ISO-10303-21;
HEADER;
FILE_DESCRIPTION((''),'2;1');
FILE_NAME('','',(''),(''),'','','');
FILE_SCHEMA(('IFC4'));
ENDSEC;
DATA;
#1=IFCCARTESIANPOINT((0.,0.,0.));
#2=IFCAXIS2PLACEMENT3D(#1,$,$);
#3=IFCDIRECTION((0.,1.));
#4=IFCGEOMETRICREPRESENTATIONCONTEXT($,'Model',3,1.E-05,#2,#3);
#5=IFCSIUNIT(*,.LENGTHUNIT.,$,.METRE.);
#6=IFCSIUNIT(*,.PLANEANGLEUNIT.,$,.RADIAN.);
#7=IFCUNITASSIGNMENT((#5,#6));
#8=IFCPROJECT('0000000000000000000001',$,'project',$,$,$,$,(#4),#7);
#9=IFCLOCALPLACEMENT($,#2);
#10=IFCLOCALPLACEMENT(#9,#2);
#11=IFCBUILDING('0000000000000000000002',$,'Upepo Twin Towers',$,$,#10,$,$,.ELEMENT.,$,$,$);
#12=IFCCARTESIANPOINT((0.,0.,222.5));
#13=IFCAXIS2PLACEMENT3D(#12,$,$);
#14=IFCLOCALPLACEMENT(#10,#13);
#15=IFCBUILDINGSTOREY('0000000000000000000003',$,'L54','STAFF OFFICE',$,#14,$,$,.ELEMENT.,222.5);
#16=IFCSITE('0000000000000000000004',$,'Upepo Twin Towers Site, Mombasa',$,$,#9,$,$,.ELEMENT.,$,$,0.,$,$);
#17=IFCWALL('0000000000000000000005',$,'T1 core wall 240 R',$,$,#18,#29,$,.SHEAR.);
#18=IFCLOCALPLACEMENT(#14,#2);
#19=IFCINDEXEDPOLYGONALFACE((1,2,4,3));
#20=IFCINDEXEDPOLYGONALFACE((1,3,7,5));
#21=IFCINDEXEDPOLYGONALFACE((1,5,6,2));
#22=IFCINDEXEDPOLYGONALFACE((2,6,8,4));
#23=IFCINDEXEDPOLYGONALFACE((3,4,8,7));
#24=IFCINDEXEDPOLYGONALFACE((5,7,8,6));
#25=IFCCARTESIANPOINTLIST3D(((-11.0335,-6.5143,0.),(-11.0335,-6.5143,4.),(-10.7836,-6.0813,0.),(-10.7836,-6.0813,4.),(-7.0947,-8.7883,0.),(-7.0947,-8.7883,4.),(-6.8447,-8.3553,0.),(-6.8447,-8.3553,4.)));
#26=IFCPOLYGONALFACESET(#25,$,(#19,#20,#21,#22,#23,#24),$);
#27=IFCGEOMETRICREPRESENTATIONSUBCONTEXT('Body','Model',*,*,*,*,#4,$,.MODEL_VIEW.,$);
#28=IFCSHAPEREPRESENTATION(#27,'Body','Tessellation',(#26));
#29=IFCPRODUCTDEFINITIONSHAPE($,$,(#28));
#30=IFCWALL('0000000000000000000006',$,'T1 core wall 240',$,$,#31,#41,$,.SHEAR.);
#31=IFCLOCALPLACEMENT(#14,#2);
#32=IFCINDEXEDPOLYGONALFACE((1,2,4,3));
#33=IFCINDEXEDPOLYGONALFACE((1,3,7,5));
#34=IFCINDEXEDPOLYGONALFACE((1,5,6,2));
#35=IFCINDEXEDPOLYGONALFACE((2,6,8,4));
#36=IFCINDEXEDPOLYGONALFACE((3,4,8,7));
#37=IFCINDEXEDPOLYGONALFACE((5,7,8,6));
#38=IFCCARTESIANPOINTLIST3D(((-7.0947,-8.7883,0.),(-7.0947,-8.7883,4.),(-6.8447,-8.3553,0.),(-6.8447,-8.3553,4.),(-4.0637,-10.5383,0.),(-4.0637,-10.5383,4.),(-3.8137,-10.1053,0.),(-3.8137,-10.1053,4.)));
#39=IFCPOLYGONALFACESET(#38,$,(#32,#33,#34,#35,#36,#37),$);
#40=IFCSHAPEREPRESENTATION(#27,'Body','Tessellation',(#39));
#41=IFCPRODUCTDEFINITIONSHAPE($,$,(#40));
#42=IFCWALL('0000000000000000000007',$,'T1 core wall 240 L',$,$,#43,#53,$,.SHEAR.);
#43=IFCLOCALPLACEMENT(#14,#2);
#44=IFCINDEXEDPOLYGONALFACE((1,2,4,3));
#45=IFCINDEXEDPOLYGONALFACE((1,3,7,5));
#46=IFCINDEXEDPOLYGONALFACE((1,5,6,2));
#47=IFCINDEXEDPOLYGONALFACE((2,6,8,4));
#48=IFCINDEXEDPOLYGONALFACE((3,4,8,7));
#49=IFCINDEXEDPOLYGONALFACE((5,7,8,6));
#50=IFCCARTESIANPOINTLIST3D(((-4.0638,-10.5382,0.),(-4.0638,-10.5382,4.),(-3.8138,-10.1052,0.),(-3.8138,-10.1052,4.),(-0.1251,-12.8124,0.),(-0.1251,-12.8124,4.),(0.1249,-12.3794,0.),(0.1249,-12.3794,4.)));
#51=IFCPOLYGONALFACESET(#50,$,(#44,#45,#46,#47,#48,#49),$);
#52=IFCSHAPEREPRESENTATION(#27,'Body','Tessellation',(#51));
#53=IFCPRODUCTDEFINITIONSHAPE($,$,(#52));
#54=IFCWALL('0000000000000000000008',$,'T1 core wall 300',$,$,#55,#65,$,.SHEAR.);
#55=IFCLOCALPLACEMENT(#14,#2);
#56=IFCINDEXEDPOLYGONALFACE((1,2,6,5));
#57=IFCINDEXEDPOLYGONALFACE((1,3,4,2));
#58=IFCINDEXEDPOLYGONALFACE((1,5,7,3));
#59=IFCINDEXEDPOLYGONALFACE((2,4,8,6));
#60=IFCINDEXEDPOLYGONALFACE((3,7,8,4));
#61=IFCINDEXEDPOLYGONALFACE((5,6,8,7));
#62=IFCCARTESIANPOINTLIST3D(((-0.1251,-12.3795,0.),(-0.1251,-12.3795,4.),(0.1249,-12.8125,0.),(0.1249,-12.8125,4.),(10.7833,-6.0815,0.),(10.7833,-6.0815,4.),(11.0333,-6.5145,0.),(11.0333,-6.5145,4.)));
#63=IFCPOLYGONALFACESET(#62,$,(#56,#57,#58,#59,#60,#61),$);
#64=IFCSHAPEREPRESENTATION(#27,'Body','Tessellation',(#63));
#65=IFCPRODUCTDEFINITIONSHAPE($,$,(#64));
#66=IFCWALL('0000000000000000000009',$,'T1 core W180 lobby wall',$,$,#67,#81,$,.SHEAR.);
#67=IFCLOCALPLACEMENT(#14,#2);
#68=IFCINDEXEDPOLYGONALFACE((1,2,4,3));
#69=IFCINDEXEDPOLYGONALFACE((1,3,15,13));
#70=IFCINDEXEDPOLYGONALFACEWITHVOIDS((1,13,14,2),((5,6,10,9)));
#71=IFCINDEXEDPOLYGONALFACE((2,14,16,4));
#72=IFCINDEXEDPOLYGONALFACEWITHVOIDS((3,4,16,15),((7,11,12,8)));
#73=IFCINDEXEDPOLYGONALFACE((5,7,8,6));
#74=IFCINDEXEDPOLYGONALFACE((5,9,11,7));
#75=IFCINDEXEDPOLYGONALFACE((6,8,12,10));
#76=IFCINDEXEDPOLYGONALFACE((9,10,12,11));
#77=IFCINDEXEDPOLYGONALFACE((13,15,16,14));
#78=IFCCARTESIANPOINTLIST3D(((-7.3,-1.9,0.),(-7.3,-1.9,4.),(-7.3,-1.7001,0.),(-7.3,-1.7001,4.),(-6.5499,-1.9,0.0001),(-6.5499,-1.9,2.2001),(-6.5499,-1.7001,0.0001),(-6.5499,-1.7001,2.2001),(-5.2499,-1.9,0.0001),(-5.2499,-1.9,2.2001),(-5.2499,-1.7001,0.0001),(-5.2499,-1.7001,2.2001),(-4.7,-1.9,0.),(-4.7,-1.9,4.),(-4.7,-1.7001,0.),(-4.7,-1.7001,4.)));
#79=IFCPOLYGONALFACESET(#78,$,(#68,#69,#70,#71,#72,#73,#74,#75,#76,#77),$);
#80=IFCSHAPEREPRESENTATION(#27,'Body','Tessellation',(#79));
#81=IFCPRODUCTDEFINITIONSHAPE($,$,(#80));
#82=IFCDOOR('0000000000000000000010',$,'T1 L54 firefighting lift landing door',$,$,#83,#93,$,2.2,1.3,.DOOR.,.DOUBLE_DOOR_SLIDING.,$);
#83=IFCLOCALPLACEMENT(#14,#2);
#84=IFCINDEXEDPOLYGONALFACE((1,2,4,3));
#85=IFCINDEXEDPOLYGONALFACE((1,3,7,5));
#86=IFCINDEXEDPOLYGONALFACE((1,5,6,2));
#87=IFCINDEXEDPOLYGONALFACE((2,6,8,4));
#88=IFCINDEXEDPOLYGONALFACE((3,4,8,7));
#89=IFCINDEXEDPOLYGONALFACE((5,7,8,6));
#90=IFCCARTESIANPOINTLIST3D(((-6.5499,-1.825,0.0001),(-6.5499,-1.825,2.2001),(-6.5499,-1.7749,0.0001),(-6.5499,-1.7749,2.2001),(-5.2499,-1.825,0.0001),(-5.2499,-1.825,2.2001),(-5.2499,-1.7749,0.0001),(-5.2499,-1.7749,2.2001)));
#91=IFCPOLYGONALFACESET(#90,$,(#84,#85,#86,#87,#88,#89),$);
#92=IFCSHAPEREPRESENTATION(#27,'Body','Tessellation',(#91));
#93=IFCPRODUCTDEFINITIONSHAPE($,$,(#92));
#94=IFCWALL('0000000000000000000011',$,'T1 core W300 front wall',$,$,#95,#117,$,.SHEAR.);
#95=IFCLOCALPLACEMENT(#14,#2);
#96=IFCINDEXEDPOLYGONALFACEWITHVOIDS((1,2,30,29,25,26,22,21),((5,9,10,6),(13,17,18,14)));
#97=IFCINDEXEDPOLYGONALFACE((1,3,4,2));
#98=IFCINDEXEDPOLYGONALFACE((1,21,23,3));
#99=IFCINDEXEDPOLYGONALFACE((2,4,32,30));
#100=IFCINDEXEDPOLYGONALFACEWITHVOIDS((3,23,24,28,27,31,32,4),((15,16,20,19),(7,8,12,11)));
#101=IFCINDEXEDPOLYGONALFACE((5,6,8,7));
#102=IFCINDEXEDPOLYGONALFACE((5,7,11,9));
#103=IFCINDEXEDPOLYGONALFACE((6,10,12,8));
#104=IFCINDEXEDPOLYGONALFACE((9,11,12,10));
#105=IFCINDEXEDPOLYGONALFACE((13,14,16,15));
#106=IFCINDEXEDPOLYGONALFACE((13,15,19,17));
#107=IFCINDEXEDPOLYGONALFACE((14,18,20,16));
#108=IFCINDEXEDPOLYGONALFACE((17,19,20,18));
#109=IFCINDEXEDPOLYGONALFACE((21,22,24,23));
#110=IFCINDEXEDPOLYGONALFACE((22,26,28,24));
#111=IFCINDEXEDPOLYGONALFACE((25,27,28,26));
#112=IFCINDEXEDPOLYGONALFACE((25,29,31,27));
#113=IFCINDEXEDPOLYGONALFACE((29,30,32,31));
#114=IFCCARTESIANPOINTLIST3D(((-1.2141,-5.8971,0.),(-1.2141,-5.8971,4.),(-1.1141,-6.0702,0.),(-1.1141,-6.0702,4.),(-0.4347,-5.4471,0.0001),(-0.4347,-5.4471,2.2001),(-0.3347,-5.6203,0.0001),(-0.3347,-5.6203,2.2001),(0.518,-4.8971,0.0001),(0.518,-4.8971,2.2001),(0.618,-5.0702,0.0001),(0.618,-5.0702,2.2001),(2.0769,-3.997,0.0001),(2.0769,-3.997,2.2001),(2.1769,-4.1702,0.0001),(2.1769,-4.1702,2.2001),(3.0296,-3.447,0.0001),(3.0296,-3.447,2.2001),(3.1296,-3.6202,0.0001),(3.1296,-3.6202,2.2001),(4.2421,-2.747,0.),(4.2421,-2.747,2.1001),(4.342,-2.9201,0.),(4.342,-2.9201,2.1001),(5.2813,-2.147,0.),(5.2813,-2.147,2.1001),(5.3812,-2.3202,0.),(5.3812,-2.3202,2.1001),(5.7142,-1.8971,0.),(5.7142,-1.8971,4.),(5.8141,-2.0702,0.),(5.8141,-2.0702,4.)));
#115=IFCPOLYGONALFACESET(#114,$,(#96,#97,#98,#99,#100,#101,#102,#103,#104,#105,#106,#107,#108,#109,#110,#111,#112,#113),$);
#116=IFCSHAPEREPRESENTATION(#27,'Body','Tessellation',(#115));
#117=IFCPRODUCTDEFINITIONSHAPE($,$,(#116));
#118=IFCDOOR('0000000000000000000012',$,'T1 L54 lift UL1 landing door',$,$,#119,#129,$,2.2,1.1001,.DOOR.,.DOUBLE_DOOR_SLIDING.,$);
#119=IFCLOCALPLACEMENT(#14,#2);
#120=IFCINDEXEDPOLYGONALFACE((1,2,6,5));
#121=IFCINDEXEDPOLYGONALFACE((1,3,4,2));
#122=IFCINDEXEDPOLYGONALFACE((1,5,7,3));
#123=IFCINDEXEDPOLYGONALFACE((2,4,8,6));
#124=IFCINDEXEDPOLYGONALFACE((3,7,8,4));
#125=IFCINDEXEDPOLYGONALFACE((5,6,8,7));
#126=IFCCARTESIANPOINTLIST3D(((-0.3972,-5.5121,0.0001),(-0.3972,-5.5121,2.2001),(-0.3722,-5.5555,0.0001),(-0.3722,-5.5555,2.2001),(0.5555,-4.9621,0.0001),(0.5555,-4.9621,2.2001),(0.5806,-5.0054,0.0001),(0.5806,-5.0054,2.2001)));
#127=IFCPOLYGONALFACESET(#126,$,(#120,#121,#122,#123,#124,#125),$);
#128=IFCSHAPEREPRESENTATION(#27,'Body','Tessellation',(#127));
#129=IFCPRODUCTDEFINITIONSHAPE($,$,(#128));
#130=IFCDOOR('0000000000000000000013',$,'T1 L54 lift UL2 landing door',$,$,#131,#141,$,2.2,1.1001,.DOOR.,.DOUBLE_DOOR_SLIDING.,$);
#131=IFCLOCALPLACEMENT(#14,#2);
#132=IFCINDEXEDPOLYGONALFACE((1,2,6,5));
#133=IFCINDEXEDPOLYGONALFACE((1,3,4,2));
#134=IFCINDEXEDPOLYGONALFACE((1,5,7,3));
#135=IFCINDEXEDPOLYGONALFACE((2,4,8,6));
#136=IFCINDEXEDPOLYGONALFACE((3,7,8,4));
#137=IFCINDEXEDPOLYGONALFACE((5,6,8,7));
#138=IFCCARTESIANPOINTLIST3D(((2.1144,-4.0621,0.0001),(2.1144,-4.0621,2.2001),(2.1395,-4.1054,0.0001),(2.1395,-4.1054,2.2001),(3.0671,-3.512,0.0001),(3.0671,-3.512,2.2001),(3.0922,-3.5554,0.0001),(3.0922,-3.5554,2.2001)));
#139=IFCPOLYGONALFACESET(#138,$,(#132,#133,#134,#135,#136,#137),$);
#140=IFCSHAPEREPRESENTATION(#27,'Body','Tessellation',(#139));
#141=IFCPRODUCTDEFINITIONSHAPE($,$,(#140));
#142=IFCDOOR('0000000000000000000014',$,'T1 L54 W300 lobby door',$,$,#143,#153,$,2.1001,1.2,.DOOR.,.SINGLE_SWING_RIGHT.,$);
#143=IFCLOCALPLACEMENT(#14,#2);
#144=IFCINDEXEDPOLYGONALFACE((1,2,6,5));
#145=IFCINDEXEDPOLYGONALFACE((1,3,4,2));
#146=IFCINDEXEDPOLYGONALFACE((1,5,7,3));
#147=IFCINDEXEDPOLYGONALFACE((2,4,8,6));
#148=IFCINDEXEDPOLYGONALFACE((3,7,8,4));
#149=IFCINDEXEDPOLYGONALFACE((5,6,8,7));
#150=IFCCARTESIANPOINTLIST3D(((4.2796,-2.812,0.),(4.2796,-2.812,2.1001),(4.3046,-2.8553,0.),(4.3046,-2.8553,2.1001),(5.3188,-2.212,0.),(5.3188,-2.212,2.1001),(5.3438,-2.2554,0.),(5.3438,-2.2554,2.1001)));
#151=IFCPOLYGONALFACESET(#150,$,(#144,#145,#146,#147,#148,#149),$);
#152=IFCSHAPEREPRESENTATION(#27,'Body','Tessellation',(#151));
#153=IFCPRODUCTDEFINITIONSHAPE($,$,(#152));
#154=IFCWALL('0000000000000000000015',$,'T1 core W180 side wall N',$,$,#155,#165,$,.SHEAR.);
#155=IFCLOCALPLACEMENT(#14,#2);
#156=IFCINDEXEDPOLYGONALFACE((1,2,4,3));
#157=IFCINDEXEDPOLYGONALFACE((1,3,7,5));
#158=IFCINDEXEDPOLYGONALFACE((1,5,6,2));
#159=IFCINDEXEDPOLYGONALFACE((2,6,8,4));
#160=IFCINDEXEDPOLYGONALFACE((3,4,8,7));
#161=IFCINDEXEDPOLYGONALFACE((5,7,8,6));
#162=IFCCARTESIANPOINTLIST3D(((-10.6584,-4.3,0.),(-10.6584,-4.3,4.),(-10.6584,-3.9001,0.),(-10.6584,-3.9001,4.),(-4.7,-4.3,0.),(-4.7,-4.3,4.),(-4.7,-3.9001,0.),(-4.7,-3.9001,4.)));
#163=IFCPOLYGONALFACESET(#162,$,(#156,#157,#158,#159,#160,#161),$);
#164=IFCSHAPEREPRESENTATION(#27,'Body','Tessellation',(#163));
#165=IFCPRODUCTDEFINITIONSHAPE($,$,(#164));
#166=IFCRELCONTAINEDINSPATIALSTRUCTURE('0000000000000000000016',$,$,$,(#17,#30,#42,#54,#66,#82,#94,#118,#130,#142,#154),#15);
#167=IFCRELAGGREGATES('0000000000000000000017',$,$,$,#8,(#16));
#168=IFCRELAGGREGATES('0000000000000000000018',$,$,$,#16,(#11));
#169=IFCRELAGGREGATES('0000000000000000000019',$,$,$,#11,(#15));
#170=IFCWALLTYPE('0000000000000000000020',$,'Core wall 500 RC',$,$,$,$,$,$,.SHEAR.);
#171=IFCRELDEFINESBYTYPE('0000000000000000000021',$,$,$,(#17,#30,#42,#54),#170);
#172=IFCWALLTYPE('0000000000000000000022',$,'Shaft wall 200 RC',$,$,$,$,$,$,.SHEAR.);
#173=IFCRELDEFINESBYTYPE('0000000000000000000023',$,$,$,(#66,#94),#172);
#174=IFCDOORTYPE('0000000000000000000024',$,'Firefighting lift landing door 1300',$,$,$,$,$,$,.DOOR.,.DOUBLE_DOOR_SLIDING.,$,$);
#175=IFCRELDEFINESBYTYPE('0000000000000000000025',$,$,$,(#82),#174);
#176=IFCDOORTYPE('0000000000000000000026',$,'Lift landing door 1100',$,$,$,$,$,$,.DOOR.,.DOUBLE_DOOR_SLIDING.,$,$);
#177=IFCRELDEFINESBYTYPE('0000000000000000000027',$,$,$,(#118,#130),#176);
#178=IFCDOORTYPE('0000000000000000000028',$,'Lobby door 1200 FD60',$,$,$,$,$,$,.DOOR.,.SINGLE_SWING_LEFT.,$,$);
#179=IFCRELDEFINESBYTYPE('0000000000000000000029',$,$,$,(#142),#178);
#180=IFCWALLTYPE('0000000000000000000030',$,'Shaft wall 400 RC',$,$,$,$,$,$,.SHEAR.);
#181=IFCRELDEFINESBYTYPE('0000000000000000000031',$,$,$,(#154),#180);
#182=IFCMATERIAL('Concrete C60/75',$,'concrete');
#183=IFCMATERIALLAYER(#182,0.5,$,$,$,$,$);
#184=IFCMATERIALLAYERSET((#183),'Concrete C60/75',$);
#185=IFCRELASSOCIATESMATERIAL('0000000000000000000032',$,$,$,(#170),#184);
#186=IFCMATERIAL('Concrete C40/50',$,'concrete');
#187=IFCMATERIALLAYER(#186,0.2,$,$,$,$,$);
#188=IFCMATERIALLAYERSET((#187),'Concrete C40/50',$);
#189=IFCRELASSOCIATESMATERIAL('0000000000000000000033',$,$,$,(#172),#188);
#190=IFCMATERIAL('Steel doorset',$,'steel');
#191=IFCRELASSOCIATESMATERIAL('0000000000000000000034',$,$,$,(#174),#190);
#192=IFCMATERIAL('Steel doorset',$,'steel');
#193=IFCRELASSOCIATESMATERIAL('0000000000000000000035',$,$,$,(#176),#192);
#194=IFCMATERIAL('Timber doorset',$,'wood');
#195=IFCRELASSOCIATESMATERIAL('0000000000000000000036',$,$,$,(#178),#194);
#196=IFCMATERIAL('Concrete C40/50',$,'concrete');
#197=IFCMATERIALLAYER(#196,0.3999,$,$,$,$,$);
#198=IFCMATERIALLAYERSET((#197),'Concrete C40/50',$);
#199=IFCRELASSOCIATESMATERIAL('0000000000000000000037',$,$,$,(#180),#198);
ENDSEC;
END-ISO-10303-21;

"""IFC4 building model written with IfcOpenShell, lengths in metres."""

from ifc_helpers import new_model, si_unit, direction, frame, frame_2d, origin, place, context, subcontext, project, spatial, rectangle, extrude, material, layer, layer_set, type_object, element, fill, save


model = new_model("IFC4")

# Units and contexts
model_context = context("Model", 3, precision=1e-05, world=origin(), true_north=direction((0.0, 1.0)))
body_context = subcontext(model_context, "Body", "Model", "MODEL_VIEW")
ifc_project = project(units=[si_unit("LENGTHUNIT", "METRE"), si_unit("PLANEANGLEUNIT", "RADIAN")], contexts=[model_context])

# Site, building, storey
site_placement = place(None, origin())
site = spatial("IfcSite", under=ifc_project, at=site_placement, Name="Upepo Twin Towers Site, Mombasa", CompositionType="ELEMENT", RefElevation=0.0)
building_placement = place(site_placement, origin())
building = spatial("IfcBuilding", under=site, at=building_placement, Name="Upepo Twin Towers", CompositionType="ELEMENT")
storey_placement = place(building_placement, frame((0.0, 0.0, 222.5)))
storey = spatial("IfcBuildingStorey", under=building, at=storey_placement, Name="L54", Description="STAFF OFFICE", CompositionType="ELEMENT", Elevation=222.5)

# Walls
ifc_material_1 = material(Name="Concrete C60/75", Category="concrete")
ifc_layer_1 = layer(ifc_material_1, 0.5)
ifc_layer_set_1 = layer_set([ifc_layer_1], Name="Concrete C60/75")
wall_type_1 = type_object("IfcWallType", Name="Core wall 500 RC", PredefinedType="SHEAR", material=ifc_layer_set_1)
wall_1_placement = place(storey_placement, frame((-10.9084, -6.2979, 0.0), z_axis=(0.0, 0.0, 1.0), x_axis=(0.866035, -0.499984, 0.0)))
element("IfcWall", 1, at=wall_1_placement, inside=storey, type_object=wall_type_1, Name="T1 core wall 240 R", PredefinedType="SHEAR", context=body_context, shape_type="SweptSolid", body=[
    extrude(rectangle(XDim=4.5481, YDim=0.5, at=frame_2d((2.2739, 0.0))), origin(), (0.0, 0.0, 1.0), 4.0),
])
wall_2_placement = place(storey_placement, frame((-6.9697, -8.5718, 0.0), z_axis=(0.0, 0.0, 1.0), x_axis=(0.866019, -0.50001, 0.0)))
element("IfcWall", 2, at=wall_2_placement, inside=storey, type_object=wall_type_1, Name="T1 core wall 240", PredefinedType="SHEAR", context=body_context, shape_type="SweptSolid", body=[
    extrude(rectangle(XDim=3.5, YDim=0.5, at=frame_2d((1.75, 0.0))), origin(), (0.0, 0.0, 1.0), 4.0),
])
wall_3_placement = place(storey_placement, frame((-3.9387, -10.3218, 0.0), z_axis=(0.0, 0.0, 1.0), x_axis=(0.866011, -0.500024, 0.0)))
element("IfcWall", 3, at=wall_3_placement, inside=storey, type_object=wall_type_1, Name="T1 core wall 240 L", PredefinedType="SHEAR", context=body_context, shape_type="SweptSolid", body=[
    extrude(rectangle(XDim=4.5481, YDim=0.5, at=frame_2d((2.2739, 0.0))), origin(), (0.0, 0.0, 1.0), 4.0),
])
wall_4_placement = place(storey_placement, frame((0.0, -12.5959, 0.0), z_axis=(0.0, 0.0, 1.0), x_axis=(0.866022, 0.500006, 0.0)))
element("IfcWall", 4, at=wall_4_placement, inside=storey, type_object=wall_type_1, Name="T1 core wall 300", PredefinedType="SHEAR", context=body_context, shape_type="SweptSolid", body=[
    extrude(rectangle(XDim=12.5959, YDim=0.5, at=frame_2d((6.2979, 0.0))), origin(), (0.0, 0.0, 1.0), 4.0),
])

# Wall, opening, door
ifc_material_2 = material(Name="Concrete C40/50", Category="concrete")
ifc_layer_2 = layer(ifc_material_2, 0.2)
ifc_layer_set_2 = layer_set([ifc_layer_2], Name="Concrete C40/50")
wall_type_2 = type_object("IfcWallType", Name="Shaft wall 200 RC", PredefinedType="SHEAR", material=ifc_layer_set_2)
wall_5_placement = place(storey_placement, frame((-4.7, -1.8, 0.0), z_axis=(0.0, 0.0, 1.0), x_axis=(-1.0, 0.0, 0.0)))
wall_5 = element("IfcWall", 5, at=wall_5_placement, inside=storey, type_object=wall_type_2, Name="T1 core W180 lobby wall", PredefinedType="SHEAR", context=body_context, shape_type="SweptSolid", body=[
    extrude(rectangle(XDim=2.6001, YDim=0.2, at=frame_2d((1.3, 0.0))), origin(), (0.0, 0.0, 1.0), 4.0),
])
opening_1_placement = place(wall_5_placement, frame((0.55, 0.0, 0.0)))
opening_1 = element("IfcOpeningElement", 6, at=opening_1_placement, cuts=wall_5, PredefinedType="OPENING", context=body_context, shape_type="SweptSolid", body=[
    extrude(rectangle(XDim=1.3, YDim=2.2, at=frame_2d((0.6499, 1.1001))), frame((0.0, 0.1099, 0.0), z_axis=(0.0, -1.0, 0.0), x_axis=(1.0, 0.0, 0.0)), (0.0, 0.0, 1.0), 0.22),
])
ifc_material_3 = material(Name="Steel doorset", Category="steel")
door_type_1 = type_object("IfcDoorType", Name="Firefighting lift landing door 1300", OperationType="DOUBLE_DOOR_SLIDING", PredefinedType="DOOR", material=ifc_material_3)
door_1_placement = place(opening_1_placement, origin())
door_1 = element("IfcDoor", 7, at=door_1_placement, inside=storey, type_object=door_type_1, Name="T1 L54 firefighting lift landing door", OperationType="DOUBLE_DOOR_SLIDING", OverallHeight=2.2, OverallWidth=1.3, PredefinedType="DOOR", context=body_context, shape_type="SweptSolid", body=[
    extrude(rectangle(XDim=1.3, YDim=2.2, at=frame_2d((0.6499, 1.1001))), frame((0.0, 0.0249, 0.0), z_axis=(0.0, -1.0, 0.0), x_axis=(1.0, 0.0, 0.0)), (0.0, 0.0, 1.0), 0.05),
])
fill(opening_1, door_1)

# Wall, openings, doors
wall_6_placement = place(storey_placement, frame((-1.1641, -5.9836, 0.0), z_axis=(0.0, 0.0, 1.0), x_axis=(0.866026, 0.499999, 0.0)))
wall_6 = element("IfcWall", 8, at=wall_6_placement, inside=storey, type_object=wall_type_2, Name="T1 core W300 front wall", PredefinedType="SHEAR", context=body_context, shape_type="SweptSolid", body=[
    extrude(rectangle(XDim=8.0, YDim=0.2, at=frame_2d((4.0, 0.0))), origin(), (0.0, 0.0, 1.0), 4.0),
])
opening_2_placement = place(wall_6_placement, frame((6.3, 0.0, 0.0)))
opening_2 = element("IfcOpeningElement", 9, at=opening_2_placement, cuts=wall_6, PredefinedType="OPENING", context=body_context, shape_type="SweptSolid", body=[
    extrude(rectangle(XDim=1.2, YDim=2.1001, at=frame_2d((0.6001, 1.05))), frame((0.0, 0.1099, 0.0), z_axis=(0.0, -1.0, 0.0), x_axis=(1.0, 0.0, 0.0)), (0.0, 0.0, 1.0), 0.22),
])
opening_3_placement = place(wall_6_placement, frame((0.8999, 0.0, 0.0)))
opening_3 = element("IfcOpeningElement", 10, at=opening_3_placement, cuts=wall_6, PredefinedType="OPENING", context=body_context, shape_type="SweptSolid", body=[
    extrude(rectangle(XDim=1.1001, YDim=2.2, at=frame_2d((0.55, 1.1001))), frame((0.0, 0.1099, 0.0), z_axis=(0.0, -1.0, 0.0), x_axis=(1.0, 0.0, 0.0)), (0.0, 0.0, 1.0), 0.22),
])
opening_4_placement = place(wall_6_placement, frame((3.8, 0.0, 0.0)))
opening_4 = element("IfcOpeningElement", 11, at=opening_4_placement, cuts=wall_6, PredefinedType="OPENING", context=body_context, shape_type="SweptSolid", body=[
    extrude(rectangle(XDim=1.1001, YDim=2.2, at=frame_2d((0.55, 1.1001))), frame((0.0, 0.1099, 0.0), z_axis=(0.0, -1.0, 0.0), x_axis=(1.0, 0.0, 0.0)), (0.0, 0.0, 1.0), 0.22),
])
ifc_material_4 = material(Name="Steel doorset", Category="steel")
door_type_2 = type_object("IfcDoorType", Name="Lift landing door 1100", OperationType="DOUBLE_DOOR_SLIDING", PredefinedType="DOOR", material=ifc_material_4)
door_2_placement = place(opening_3_placement, origin())
door_2 = element("IfcDoor", 12, at=door_2_placement, inside=storey, type_object=door_type_2, Name="T1 L54 lift UL1 landing door", OperationType="DOUBLE_DOOR_SLIDING", OverallHeight=2.2, OverallWidth=1.1001, PredefinedType="DOOR", context=body_context, shape_type="SweptSolid", body=[
    extrude(rectangle(XDim=1.1001, YDim=2.2, at=frame_2d((0.55, 1.1001))), frame((0.0, 0.0249, 0.0), z_axis=(0.0, -1.0, 0.0), x_axis=(1.0, 0.0, 0.0)), (0.0, 0.0, 1.0), 0.05),
])
fill(opening_3, door_2)
door_3_placement = place(opening_4_placement, origin())
door_3 = element("IfcDoor", 13, at=door_3_placement, inside=storey, type_object=door_type_2, Name="T1 L54 lift UL2 landing door", OperationType="DOUBLE_DOOR_SLIDING", OverallHeight=2.2, OverallWidth=1.1001, PredefinedType="DOOR", context=body_context, shape_type="SweptSolid", body=[
    extrude(rectangle(XDim=1.1001, YDim=2.2, at=frame_2d((0.55, 1.1001))), frame((0.0, 0.0249, 0.0), z_axis=(0.0, -1.0, 0.0), x_axis=(1.0, 0.0, 0.0)), (0.0, 0.0, 1.0), 0.05),
])
fill(opening_4, door_3)
ifc_material_5 = material(Name="Timber doorset", Category="wood")
door_type_3 = type_object("IfcDoorType", Name="Lobby door 1200 FD60", OperationType="SINGLE_SWING_LEFT", PredefinedType="DOOR", material=ifc_material_5)
door_4_placement = place(opening_2_placement, origin())
door_4 = element("IfcDoor", 14, at=door_4_placement, inside=storey, type_object=door_type_3, Name="T1 L54 W300 lobby door", OperationType="SINGLE_SWING_RIGHT", OverallHeight=2.1001, OverallWidth=1.2, PredefinedType="DOOR", context=body_context, shape_type="SweptSolid", body=[
    extrude(rectangle(XDim=1.2, YDim=2.1001, at=frame_2d((0.6001, 1.05))), frame((0.0, 0.0249, 0.0), z_axis=(0.0, -1.0, 0.0), x_axis=(1.0, 0.0, 0.0)), (0.0, 0.0, 1.0), 0.05),
])
fill(opening_2, door_4)

# Wall
ifc_material_6 = material(Name="Concrete C40/50", Category="concrete")
ifc_layer_3 = layer(ifc_material_6, 0.3999)
ifc_layer_set_3 = layer_set([ifc_layer_3], Name="Concrete C40/50")
wall_type_3 = type_object("IfcWallType", Name="Shaft wall 400 RC", PredefinedType="SHEAR", material=ifc_layer_set_3)
wall_7_placement = place(storey_placement, frame((-4.7, -4.1001, 0.0), z_axis=(0.0, 0.0, 1.0), x_axis=(-1.0, 0.0, 0.0)))
element("IfcWall", 15, at=wall_7_placement, inside=storey, type_object=wall_type_3, Name="T1 core W180 side wall N", PredefinedType="SHEAR", context=body_context, shape_type="SweptSolid", body=[
    extrude(rectangle(XDim=5.9585, YDim=0.3999, at=frame_2d((2.9792, 0.0))), origin(), (0.0, 0.0, 1.0), 4.0),
])

save(model, "model.ifc")
